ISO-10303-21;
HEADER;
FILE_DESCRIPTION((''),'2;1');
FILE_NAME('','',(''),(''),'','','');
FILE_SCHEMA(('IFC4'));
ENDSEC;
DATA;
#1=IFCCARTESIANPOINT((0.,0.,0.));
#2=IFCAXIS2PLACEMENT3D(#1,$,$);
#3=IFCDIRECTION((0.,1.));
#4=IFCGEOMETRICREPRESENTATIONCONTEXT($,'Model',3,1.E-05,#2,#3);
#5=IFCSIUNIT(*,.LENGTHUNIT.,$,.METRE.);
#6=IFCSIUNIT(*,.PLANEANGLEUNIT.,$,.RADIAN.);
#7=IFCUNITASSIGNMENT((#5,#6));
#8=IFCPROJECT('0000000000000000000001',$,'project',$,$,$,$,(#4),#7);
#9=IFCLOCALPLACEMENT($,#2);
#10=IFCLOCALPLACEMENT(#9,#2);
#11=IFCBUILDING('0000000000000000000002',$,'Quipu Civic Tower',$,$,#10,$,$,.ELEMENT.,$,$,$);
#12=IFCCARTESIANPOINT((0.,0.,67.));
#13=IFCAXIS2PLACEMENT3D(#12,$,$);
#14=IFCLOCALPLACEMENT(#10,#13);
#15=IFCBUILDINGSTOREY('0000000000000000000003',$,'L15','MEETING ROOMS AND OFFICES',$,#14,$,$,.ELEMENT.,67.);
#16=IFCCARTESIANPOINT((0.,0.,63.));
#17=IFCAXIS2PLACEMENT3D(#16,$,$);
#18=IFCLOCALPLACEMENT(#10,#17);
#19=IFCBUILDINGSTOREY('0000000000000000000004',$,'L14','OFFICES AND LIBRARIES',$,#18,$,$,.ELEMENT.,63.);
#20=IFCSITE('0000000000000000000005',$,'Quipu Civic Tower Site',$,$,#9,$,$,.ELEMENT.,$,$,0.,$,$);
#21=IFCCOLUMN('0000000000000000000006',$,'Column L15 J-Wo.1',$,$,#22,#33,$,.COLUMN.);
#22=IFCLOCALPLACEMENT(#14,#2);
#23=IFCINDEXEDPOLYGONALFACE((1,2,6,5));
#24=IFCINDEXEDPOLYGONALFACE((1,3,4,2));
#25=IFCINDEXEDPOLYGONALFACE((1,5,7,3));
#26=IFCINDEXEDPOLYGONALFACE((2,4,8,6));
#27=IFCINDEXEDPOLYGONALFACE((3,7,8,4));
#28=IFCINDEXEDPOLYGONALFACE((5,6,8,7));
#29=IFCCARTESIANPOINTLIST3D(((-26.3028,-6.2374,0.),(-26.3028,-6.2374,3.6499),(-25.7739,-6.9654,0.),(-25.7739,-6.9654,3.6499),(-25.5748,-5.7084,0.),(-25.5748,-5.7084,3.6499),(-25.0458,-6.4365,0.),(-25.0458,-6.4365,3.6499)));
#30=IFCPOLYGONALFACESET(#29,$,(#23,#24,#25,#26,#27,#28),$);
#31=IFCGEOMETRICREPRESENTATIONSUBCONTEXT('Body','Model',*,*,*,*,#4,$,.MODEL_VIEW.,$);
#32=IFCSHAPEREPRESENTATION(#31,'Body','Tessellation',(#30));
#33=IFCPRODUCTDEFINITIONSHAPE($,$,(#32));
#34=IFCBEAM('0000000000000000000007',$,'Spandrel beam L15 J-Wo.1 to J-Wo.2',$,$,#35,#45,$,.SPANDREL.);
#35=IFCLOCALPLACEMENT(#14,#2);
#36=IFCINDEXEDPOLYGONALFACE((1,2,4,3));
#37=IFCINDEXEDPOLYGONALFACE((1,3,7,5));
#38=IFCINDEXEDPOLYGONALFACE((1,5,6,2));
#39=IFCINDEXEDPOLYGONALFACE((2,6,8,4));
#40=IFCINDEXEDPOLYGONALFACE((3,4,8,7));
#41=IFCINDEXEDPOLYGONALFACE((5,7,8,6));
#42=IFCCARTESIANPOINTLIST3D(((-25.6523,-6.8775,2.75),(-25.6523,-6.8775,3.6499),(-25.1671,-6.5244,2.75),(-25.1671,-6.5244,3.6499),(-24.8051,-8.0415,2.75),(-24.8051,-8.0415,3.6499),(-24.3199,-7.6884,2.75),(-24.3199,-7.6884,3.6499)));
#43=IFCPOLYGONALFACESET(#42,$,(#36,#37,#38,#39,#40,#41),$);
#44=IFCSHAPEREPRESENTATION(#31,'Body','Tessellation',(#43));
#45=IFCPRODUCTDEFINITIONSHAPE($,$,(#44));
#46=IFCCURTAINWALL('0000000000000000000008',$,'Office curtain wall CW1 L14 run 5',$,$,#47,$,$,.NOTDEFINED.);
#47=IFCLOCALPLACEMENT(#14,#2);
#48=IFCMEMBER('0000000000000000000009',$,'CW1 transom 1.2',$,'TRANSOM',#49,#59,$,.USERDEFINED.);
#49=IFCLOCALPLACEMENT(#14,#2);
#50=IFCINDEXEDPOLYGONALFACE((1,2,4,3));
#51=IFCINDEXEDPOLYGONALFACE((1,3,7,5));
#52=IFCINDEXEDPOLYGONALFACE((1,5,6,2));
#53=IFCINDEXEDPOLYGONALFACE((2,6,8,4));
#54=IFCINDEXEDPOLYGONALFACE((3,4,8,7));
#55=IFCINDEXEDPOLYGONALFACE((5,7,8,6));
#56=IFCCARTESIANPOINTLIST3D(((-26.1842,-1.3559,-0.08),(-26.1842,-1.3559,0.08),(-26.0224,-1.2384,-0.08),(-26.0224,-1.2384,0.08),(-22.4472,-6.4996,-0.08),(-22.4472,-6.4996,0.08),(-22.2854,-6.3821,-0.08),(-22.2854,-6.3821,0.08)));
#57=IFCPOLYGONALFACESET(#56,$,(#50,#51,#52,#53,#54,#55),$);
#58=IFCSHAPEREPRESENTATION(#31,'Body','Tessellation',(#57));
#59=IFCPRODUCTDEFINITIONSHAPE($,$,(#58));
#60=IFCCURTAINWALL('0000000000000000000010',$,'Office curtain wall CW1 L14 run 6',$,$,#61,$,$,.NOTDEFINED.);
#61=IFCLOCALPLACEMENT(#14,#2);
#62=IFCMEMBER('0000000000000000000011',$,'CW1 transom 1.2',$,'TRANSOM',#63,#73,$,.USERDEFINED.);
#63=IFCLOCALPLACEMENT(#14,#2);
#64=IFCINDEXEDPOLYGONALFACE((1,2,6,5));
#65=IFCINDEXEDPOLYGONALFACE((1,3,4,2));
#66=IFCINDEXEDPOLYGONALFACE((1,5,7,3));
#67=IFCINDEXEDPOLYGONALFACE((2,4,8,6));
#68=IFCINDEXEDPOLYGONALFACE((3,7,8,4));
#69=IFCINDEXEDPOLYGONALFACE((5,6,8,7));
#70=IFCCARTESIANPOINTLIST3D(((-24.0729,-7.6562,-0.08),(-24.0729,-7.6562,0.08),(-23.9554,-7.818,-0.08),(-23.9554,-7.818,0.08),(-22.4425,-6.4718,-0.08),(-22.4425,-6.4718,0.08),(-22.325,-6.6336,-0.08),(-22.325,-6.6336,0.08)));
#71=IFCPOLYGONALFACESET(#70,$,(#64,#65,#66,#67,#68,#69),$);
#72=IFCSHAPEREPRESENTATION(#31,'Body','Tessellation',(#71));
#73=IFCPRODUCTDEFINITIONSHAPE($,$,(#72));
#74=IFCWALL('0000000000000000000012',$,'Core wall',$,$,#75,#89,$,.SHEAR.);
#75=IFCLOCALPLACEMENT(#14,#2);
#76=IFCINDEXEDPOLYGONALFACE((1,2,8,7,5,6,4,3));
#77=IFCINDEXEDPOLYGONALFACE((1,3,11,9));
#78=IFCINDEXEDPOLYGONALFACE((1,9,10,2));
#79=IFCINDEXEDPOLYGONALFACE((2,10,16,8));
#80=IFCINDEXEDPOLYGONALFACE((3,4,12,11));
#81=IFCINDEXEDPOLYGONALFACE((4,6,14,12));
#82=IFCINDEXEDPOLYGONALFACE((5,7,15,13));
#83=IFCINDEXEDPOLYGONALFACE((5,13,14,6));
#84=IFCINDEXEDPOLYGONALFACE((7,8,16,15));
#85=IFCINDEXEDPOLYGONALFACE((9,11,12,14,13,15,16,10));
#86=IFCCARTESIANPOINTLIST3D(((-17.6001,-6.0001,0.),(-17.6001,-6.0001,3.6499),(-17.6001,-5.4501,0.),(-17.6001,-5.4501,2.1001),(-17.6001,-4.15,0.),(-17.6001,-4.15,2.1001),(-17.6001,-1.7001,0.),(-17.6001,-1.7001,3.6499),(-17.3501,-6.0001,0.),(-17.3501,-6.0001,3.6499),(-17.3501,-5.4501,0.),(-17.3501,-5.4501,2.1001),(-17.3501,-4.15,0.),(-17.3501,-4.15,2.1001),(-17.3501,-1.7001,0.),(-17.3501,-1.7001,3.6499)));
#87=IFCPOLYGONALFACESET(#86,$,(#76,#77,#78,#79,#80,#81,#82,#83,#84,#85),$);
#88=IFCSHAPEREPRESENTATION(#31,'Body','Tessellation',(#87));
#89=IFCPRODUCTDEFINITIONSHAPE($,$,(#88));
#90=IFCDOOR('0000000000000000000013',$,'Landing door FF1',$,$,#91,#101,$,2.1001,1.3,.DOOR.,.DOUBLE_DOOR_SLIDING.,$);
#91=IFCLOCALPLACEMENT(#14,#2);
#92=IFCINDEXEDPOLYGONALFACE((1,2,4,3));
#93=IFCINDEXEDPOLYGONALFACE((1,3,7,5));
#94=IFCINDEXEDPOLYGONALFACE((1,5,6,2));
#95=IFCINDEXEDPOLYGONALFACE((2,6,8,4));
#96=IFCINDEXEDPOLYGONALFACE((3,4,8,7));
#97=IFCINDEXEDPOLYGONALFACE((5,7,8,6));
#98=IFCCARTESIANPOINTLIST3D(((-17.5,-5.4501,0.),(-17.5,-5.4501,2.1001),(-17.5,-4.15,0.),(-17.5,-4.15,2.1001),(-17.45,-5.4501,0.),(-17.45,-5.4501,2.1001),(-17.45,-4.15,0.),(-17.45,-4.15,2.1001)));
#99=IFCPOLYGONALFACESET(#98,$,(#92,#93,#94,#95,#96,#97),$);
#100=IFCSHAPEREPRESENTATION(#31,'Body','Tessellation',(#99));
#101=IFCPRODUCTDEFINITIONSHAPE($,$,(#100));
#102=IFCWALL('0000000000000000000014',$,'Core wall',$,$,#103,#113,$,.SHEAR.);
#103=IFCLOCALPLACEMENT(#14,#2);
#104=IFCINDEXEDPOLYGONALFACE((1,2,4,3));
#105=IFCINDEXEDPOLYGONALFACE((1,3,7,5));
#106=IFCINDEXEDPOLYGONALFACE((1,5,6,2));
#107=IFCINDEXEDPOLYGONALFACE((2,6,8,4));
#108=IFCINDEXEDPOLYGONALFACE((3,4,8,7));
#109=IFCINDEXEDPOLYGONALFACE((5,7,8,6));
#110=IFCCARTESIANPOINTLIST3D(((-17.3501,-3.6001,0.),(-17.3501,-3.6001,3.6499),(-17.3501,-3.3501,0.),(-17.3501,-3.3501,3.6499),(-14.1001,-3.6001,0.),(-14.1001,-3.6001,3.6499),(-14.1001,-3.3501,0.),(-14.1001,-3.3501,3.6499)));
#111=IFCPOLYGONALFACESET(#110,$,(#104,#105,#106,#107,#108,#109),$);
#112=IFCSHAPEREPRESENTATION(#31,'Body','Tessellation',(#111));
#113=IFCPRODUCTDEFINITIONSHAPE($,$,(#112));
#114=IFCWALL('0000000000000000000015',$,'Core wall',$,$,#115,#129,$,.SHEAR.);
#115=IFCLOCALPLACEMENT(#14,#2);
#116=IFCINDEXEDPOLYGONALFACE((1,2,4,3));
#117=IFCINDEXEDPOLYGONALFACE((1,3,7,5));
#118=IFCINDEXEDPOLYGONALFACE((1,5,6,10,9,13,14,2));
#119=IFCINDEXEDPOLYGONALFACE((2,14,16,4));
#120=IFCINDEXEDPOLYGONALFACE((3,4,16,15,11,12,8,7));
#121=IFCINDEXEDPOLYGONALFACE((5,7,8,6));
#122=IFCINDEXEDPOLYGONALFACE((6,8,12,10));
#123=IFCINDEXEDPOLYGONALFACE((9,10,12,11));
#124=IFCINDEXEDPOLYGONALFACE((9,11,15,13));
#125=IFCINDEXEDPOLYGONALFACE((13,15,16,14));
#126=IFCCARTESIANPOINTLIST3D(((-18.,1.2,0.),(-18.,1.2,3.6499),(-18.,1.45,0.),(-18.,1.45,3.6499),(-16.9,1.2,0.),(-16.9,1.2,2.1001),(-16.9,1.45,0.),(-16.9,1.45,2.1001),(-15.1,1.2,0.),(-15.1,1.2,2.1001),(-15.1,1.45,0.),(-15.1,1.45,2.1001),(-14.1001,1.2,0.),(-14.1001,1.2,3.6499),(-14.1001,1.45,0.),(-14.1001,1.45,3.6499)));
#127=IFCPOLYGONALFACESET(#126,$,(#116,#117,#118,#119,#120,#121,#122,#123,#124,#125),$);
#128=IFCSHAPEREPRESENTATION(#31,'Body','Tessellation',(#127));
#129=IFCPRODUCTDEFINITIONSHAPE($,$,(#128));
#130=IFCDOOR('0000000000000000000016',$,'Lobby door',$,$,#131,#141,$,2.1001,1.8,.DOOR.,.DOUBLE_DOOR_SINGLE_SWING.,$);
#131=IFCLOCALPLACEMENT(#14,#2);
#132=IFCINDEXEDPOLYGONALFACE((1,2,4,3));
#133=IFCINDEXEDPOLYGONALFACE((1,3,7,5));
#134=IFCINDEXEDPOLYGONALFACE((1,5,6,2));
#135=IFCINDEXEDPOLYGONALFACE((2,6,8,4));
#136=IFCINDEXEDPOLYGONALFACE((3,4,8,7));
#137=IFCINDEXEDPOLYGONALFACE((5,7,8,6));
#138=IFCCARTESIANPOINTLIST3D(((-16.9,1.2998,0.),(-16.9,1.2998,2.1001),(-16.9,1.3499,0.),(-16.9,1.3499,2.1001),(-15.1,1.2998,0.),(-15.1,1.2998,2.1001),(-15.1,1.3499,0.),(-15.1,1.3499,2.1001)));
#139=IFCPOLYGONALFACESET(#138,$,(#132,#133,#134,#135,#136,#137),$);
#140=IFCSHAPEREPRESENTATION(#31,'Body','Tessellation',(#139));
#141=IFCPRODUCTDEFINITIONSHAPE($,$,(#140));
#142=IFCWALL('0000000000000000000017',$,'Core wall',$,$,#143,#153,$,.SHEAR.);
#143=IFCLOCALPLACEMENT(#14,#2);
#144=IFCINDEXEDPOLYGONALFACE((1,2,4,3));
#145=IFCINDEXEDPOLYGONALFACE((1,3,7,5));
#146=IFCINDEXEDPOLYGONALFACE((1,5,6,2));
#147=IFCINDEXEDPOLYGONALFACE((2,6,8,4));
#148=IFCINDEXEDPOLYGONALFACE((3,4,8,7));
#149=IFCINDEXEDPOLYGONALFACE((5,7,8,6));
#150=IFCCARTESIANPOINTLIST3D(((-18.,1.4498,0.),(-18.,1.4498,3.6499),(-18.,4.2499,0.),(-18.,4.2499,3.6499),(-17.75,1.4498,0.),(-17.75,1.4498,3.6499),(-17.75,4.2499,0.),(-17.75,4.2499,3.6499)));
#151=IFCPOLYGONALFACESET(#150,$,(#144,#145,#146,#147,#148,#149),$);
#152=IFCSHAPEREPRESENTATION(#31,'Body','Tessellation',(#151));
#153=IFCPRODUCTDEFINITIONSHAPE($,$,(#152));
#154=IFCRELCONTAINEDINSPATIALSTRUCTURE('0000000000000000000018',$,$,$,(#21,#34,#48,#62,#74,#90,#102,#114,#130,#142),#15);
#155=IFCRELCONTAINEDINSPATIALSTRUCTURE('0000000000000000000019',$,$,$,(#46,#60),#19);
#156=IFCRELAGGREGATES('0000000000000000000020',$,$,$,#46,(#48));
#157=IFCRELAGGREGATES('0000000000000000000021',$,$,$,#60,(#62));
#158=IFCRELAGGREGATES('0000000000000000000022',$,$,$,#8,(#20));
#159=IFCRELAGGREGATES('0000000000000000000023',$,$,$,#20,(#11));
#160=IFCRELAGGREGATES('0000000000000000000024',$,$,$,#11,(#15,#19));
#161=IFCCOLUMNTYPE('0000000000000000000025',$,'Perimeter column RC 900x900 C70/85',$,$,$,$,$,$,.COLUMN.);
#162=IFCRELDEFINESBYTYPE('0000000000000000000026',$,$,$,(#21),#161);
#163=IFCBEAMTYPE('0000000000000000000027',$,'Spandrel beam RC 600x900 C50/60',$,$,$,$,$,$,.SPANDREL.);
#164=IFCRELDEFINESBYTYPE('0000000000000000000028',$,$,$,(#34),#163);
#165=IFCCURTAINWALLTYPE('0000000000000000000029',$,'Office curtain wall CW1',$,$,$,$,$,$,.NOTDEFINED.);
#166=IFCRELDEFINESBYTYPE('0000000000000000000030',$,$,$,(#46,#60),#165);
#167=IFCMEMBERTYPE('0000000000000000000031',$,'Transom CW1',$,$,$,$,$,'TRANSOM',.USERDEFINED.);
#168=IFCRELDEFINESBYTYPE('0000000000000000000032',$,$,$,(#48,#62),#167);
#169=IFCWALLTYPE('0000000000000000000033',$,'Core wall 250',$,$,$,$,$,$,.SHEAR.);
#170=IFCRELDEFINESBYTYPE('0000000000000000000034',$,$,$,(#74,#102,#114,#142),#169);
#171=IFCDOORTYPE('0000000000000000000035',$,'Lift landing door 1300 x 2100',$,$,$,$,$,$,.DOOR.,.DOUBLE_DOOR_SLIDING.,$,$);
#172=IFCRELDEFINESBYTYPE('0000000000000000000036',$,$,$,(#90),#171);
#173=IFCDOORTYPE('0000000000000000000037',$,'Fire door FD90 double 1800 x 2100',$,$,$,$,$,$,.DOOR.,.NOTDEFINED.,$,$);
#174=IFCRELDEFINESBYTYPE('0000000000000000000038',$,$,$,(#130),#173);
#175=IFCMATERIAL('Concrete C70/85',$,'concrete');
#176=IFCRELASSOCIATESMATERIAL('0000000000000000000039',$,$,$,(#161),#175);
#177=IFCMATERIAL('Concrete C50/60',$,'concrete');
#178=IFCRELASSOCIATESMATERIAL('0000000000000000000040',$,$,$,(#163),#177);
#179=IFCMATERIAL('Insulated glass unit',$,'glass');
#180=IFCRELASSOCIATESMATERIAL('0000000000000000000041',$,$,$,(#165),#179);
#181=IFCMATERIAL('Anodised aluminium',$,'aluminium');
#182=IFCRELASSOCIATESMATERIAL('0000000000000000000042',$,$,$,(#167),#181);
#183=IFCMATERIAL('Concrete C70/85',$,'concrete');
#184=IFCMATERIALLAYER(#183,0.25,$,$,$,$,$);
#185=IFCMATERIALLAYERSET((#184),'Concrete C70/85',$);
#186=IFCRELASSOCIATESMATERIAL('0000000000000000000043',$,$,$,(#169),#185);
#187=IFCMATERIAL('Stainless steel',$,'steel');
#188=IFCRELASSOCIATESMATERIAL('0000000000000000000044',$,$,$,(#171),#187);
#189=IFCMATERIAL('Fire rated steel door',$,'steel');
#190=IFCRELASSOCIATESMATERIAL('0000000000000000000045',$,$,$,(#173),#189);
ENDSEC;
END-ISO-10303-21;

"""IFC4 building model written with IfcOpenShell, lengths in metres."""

from ifc_helpers import new_model, si_unit, direction, frame, frame_2d, origin, origin_2d, place, context, subcontext, project, spatial, rectangle, extrude, material, layer, layer_set, material_profile, profile_set, type_object, element, fill, aggregate, save


model = new_model("IFC4")

# Units and contexts
model_context = context("Model", 3, precision=1e-05, world=origin(), true_north=direction((0.0, 1.0)))
body_context = subcontext(model_context, "Body", "Model", "MODEL_VIEW")
ifc_project = project(units=[si_unit("LENGTHUNIT", "METRE"), si_unit("PLANEANGLEUNIT", "RADIAN")], contexts=[model_context])

# Site, building, storey
site_placement = place(None, origin())
site = spatial("IfcSite", under=ifc_project, at=site_placement, Name="Quipu Civic Tower Site", CompositionType="ELEMENT", RefElevation=0.0)
building_placement = place(site_placement, origin())
building = spatial("IfcBuilding", under=site, at=building_placement, Name="Quipu Civic Tower", CompositionType="ELEMENT")
storey_1_placement = place(building_placement, frame((0.0, 0.0, 67.0)))
storey_1 = spatial("IfcBuildingStorey", under=building, at=storey_1_placement, Name="L15", Description="MEETING ROOMS AND OFFICES", CompositionType="ELEMENT", Elevation=67.0)

# Column
ifc_material_1 = material(Name="Concrete C70/85", Category="concrete")
ifc_material_profile_1 = material_profile(ifc_material_1, rectangle(XDim=0.8999, YDim=0.8999, at=origin_2d()), Name="RC900x900")
ifc_profile_set_1 = profile_set([ifc_material_profile_1], Name="Concrete C70/85")
column_type = type_object("IfcColumnType", Name="Perimeter column RC 900x900 C70/85", PredefinedType="COLUMN", material=ifc_profile_set_1)
column_placement = place(storey_1_placement, frame((-25.6743, -6.3369, 0.0), z_axis=(0.0, 0.0, 1.0), x_axis=(0.587785, -0.809017, 0.0)))
element("IfcColumn", 1, at=column_placement, inside=storey_1, type_object=column_type, Name="Column L15 J-Wo.1", PredefinedType="COLUMN", context=body_context, shape_type="SweptSolid", body=[
    extrude(rectangle(XDim=0.8999, YDim=0.8999, at=origin_2d()), origin(), (0.0, 0.0, 1.0), 3.6499),
])

# Beam
ifc_material_2 = material(Name="Concrete C50/60", Category="concrete")
ifc_material_profile_2 = material_profile(ifc_material_2, rectangle(XDim=0.6001, YDim=0.8999, at=origin_2d()), Name="RC600x900")
ifc_profile_set_2 = profile_set([ifc_material_profile_2], Name="Concrete C50/60")
beam_type = type_object("IfcBeamType", Name="Spandrel beam RC 600x900 C50/60", PredefinedType="SPANDREL", material=ifc_profile_set_2)
beam_placement = place(storey_1_placement, frame((-25.4097, -6.7009, 3.2), z_axis=(0.588434, -0.808545, 0.0), x_axis=(0.808545, 0.588434, 0.0)))
element("IfcBeam", 2, at=beam_placement, inside=storey_1, type_object=beam_type, Name="Spandrel beam L15 J-Wo.1 to J-Wo.2", PredefinedType="SPANDREL", context=body_context, shape_type="SweptSolid", body=[
    extrude(rectangle(XDim=0.6001, YDim=0.8999, at=origin_2d()), origin(), (0.0, 0.0, 1.0), 1.4397),
])

# Shared definitions
storey_2_placement = place(building_placement, frame((0.0, 0.0, 63.0)))
storey_2 = spatial("IfcBuildingStorey", under=building, at=storey_2_placement, Name="L14", Description="OFFICES AND LIBRARIES", CompositionType="ELEMENT", Elevation=63.0)

# Curtain walls, members
ifc_material_3 = material(Name="Insulated glass unit", Category="glass")
curtain_wall_type = type_object("IfcCurtainWallType", Name="Office curtain wall CW1", PredefinedType="NOTDEFINED", material=ifc_material_3)
curtain_wall_1_placement = place(storey_2_placement, origin())
curtain_wall_1 = element("IfcCurtainWall", 3, at=curtain_wall_1_placement, inside=storey_2, type_object=curtain_wall_type, Name="Office curtain wall CW1 L14 run 5", PredefinedType="NOTDEFINED")
ifc_material_4 = material(Name="Anodised aluminium", Category="aluminium")
ifc_material_profile_3 = material_profile(ifc_material_4, rectangle(XDim=0.2, YDim=0.1599, at=origin_2d()), Name="RECT 200x160")
ifc_profile_set_3 = profile_set([ifc_material_profile_3], Name="Anodised aluminium")
member_type = type_object("IfcMemberType", Name="Transom CW1", ElementType="TRANSOM", PredefinedType="USERDEFINED", material=ifc_profile_set_3)
member_1_placement = place(storey_1_placement, frame((-26.1033, -1.2971, 0.0), z_axis=(0.587772, -0.809027, 0.0), x_axis=(0.809027, 0.587772, 0.0)))
member_1 = element("IfcMember", 4, at=member_1_placement, inside=storey_1, type_object=member_type, Name="CW1 transom 1.2", ObjectType="TRANSOM", PredefinedType="USERDEFINED", context=body_context, shape_type="SweptSolid", body=[
    extrude(rectangle(XDim=0.2, YDim=0.1599, at=origin_2d()), origin(), (0.0, 0.0, 1.0), 6.3579),
])
aggregate(curtain_wall_1, [member_1])
curtain_wall_2_placement = place(storey_2_placement, origin())
curtain_wall_2 = element("IfcCurtainWall", 5, at=curtain_wall_2_placement, inside=storey_2, type_object=curtain_wall_type, Name="Office curtain wall CW1 L14 run 6", PredefinedType="NOTDEFINED")
member_2_placement = place(storey_1_placement, frame((-22.3838, -6.5527, 0.0), z_axis=(-0.809066, -0.587718, 0.0), x_axis=(0.587718, -0.809066, 0.0)))
member_2 = element("IfcMember", 6, at=member_2_placement, inside=storey_1, type_object=member_type, Name="CW1 transom 1.2", ObjectType="TRANSOM", PredefinedType="USERDEFINED", context=body_context, shape_type="SweptSolid", body=[
    extrude(rectangle(XDim=0.2, YDim=0.1599, at=origin_2d()), origin(), (0.0, 0.0, 1.0), 2.0151),
])
aggregate(curtain_wall_2, [member_2])

# Wall, opening, door
ifc_material_5 = material(Name="Concrete C70/85", Category="concrete")
ifc_layer_1 = layer(ifc_material_5, 0.25)
ifc_layer_set_1 = layer_set([ifc_layer_1], Name="Concrete C70/85")
wall_type_1 = type_object("IfcWallType", Name="Core wall 250", PredefinedType="SHEAR", material=ifc_layer_set_1)
wall_1_placement = place(storey_1_placement, frame((-17.4751, -6.0, 0.0), z_axis=(0.0, 0.0, 1.0), x_axis=(0.0, 1.0, 0.0)))
wall_1 = element("IfcWall", 7, at=wall_1_placement, inside=storey_1, type_object=wall_type_1, Name="Core wall", PredefinedType="SHEAR", context=body_context, shape_type="SweptSolid", body=[
    extrude(rectangle(XDim=4.3, YDim=0.25, at=frame_2d((2.1499, 0.0))), origin(), (0.0, 0.0, 1.0), 3.6499),
])
opening_1_placement = place(wall_1_placement, frame((0.55, 0.0, 0.0)))
opening_1 = element("IfcOpeningElement", 8, at=opening_1_placement, cuts=wall_1, PredefinedType="OPENING", context=body_context, shape_type="SweptSolid", body=[
    extrude(rectangle(XDim=1.3, YDim=2.1001, at=frame_2d((0.6499, 1.05))), frame((0.0, 0.135, 0.0), z_axis=(0.0, -1.0, 0.0), x_axis=(1.0, 0.0, 0.0)), (0.0, 0.0, 1.0), 0.27),
])
ifc_material_6 = material(Name="Stainless steel", Category="steel")
door_type_1 = type_object("IfcDoorType", Name="Lift landing door 1300 x 2100", OperationType="DOUBLE_DOOR_SLIDING", PredefinedType="DOOR", material=ifc_material_6)
door_1_placement = place(opening_1_placement, origin())
door_1 = element("IfcDoor", 9, at=door_1_placement, inside=storey_1, type_object=door_type_1, Name="Landing door FF1", OperationType="DOUBLE_DOOR_SLIDING", OverallHeight=2.1001, OverallWidth=1.3, PredefinedType="DOOR", context=body_context, shape_type="SweptSolid", body=[
    extrude(rectangle(XDim=1.3, YDim=2.1001, at=frame_2d((0.6499, 1.05))), frame((0.0, 0.0249, 0.0), z_axis=(0.0, -1.0, 0.0), x_axis=(1.0, 0.0, 0.0)), (0.0, 0.0, 1.0), 0.05),
])
fill(opening_1, door_1)

# Wall
wall_2_placement = place(storey_1_placement, frame((-17.3501, -3.4751, 0.0), z_axis=(0.0, 0.0, 1.0), x_axis=(1.0, 0.0, 0.0)))
element("IfcWall", 10, at=wall_2_placement, inside=storey_1, type_object=wall_type_1, Name="Core wall", PredefinedType="SHEAR", context=body_context, shape_type="SweptSolid", body=[
    extrude(rectangle(XDim=3.25, YDim=0.25, at=frame_2d((1.625, 0.0))), origin(), (0.0, 0.0, 1.0), 3.6499),
])

# Wall, opening, door
wall_3_placement = place(storey_1_placement, frame((-18.0, 1.325, 0.0), z_axis=(0.0, 0.0, 1.0), x_axis=(1.0, 0.0, 0.0)))
wall_3 = element("IfcWall", 11, at=wall_3_placement, inside=storey_1, type_object=wall_type_1, Name="Core wall", PredefinedType="SHEAR", context=body_context, shape_type="SweptSolid", body=[
    extrude(rectangle(XDim=3.8999, YDim=0.25, at=frame_2d((1.95, 0.0))), origin(), (0.0, 0.0, 1.0), 3.6499),
])
opening_2_placement = place(wall_3_placement, frame((1.1001, 0.0, 0.0)))
opening_2 = element("IfcOpeningElement", 12, at=opening_2_placement, cuts=wall_3, PredefinedType="OPENING", context=body_context, shape_type="SweptSolid", body=[
    extrude(rectangle(XDim=1.8, YDim=2.1001, at=frame_2d((0.8999, 1.05))), frame((0.0, 0.135, 0.0), z_axis=(0.0, -1.0, 0.0), x_axis=(1.0, 0.0, 0.0)), (0.0, 0.0, 1.0), 0.27),
])
ifc_material_7 = material(Name="Fire rated steel door", Category="steel")
door_type_2 = type_object("IfcDoorType", Name="Fire door FD90 double 1800 x 2100", OperationType="NOTDEFINED", PredefinedType="DOOR", material=ifc_material_7)
door_2_placement = place(opening_2_placement, origin())
door_2 = element("IfcDoor", 13, at=door_2_placement, inside=storey_1, type_object=door_type_2, Name="Lobby door", OperationType="DOUBLE_DOOR_SINGLE_SWING", OverallHeight=2.1001, OverallWidth=1.8, PredefinedType="DOOR", context=body_context, shape_type="SweptSolid", body=[
    extrude(rectangle(XDim=1.8, YDim=2.1001, at=frame_2d((0.8999, 1.05))), frame((0.0, 0.0249, 0.0), z_axis=(0.0, -1.0, 0.0), x_axis=(1.0, 0.0, 0.0)), (0.0, 0.0, 1.0), 0.05),
])
fill(opening_2, door_2)

# Wall
wall_4_placement = place(storey_1_placement, frame((-17.875, 1.45, 0.0), z_axis=(0.0, 0.0, 1.0), x_axis=(0.0, 1.0, 0.0)))
element("IfcWall", 14, at=wall_4_placement, inside=storey_1, type_object=wall_type_1, Name="Core wall", PredefinedType="SHEAR", context=body_context, shape_type="SweptSolid", body=[
    extrude(rectangle(XDim=2.8, YDim=0.25, at=frame_2d((1.3999, 0.0))), origin(), (0.0, 0.0, 1.0), 3.6499),
])

save(model, "model.ifc")
